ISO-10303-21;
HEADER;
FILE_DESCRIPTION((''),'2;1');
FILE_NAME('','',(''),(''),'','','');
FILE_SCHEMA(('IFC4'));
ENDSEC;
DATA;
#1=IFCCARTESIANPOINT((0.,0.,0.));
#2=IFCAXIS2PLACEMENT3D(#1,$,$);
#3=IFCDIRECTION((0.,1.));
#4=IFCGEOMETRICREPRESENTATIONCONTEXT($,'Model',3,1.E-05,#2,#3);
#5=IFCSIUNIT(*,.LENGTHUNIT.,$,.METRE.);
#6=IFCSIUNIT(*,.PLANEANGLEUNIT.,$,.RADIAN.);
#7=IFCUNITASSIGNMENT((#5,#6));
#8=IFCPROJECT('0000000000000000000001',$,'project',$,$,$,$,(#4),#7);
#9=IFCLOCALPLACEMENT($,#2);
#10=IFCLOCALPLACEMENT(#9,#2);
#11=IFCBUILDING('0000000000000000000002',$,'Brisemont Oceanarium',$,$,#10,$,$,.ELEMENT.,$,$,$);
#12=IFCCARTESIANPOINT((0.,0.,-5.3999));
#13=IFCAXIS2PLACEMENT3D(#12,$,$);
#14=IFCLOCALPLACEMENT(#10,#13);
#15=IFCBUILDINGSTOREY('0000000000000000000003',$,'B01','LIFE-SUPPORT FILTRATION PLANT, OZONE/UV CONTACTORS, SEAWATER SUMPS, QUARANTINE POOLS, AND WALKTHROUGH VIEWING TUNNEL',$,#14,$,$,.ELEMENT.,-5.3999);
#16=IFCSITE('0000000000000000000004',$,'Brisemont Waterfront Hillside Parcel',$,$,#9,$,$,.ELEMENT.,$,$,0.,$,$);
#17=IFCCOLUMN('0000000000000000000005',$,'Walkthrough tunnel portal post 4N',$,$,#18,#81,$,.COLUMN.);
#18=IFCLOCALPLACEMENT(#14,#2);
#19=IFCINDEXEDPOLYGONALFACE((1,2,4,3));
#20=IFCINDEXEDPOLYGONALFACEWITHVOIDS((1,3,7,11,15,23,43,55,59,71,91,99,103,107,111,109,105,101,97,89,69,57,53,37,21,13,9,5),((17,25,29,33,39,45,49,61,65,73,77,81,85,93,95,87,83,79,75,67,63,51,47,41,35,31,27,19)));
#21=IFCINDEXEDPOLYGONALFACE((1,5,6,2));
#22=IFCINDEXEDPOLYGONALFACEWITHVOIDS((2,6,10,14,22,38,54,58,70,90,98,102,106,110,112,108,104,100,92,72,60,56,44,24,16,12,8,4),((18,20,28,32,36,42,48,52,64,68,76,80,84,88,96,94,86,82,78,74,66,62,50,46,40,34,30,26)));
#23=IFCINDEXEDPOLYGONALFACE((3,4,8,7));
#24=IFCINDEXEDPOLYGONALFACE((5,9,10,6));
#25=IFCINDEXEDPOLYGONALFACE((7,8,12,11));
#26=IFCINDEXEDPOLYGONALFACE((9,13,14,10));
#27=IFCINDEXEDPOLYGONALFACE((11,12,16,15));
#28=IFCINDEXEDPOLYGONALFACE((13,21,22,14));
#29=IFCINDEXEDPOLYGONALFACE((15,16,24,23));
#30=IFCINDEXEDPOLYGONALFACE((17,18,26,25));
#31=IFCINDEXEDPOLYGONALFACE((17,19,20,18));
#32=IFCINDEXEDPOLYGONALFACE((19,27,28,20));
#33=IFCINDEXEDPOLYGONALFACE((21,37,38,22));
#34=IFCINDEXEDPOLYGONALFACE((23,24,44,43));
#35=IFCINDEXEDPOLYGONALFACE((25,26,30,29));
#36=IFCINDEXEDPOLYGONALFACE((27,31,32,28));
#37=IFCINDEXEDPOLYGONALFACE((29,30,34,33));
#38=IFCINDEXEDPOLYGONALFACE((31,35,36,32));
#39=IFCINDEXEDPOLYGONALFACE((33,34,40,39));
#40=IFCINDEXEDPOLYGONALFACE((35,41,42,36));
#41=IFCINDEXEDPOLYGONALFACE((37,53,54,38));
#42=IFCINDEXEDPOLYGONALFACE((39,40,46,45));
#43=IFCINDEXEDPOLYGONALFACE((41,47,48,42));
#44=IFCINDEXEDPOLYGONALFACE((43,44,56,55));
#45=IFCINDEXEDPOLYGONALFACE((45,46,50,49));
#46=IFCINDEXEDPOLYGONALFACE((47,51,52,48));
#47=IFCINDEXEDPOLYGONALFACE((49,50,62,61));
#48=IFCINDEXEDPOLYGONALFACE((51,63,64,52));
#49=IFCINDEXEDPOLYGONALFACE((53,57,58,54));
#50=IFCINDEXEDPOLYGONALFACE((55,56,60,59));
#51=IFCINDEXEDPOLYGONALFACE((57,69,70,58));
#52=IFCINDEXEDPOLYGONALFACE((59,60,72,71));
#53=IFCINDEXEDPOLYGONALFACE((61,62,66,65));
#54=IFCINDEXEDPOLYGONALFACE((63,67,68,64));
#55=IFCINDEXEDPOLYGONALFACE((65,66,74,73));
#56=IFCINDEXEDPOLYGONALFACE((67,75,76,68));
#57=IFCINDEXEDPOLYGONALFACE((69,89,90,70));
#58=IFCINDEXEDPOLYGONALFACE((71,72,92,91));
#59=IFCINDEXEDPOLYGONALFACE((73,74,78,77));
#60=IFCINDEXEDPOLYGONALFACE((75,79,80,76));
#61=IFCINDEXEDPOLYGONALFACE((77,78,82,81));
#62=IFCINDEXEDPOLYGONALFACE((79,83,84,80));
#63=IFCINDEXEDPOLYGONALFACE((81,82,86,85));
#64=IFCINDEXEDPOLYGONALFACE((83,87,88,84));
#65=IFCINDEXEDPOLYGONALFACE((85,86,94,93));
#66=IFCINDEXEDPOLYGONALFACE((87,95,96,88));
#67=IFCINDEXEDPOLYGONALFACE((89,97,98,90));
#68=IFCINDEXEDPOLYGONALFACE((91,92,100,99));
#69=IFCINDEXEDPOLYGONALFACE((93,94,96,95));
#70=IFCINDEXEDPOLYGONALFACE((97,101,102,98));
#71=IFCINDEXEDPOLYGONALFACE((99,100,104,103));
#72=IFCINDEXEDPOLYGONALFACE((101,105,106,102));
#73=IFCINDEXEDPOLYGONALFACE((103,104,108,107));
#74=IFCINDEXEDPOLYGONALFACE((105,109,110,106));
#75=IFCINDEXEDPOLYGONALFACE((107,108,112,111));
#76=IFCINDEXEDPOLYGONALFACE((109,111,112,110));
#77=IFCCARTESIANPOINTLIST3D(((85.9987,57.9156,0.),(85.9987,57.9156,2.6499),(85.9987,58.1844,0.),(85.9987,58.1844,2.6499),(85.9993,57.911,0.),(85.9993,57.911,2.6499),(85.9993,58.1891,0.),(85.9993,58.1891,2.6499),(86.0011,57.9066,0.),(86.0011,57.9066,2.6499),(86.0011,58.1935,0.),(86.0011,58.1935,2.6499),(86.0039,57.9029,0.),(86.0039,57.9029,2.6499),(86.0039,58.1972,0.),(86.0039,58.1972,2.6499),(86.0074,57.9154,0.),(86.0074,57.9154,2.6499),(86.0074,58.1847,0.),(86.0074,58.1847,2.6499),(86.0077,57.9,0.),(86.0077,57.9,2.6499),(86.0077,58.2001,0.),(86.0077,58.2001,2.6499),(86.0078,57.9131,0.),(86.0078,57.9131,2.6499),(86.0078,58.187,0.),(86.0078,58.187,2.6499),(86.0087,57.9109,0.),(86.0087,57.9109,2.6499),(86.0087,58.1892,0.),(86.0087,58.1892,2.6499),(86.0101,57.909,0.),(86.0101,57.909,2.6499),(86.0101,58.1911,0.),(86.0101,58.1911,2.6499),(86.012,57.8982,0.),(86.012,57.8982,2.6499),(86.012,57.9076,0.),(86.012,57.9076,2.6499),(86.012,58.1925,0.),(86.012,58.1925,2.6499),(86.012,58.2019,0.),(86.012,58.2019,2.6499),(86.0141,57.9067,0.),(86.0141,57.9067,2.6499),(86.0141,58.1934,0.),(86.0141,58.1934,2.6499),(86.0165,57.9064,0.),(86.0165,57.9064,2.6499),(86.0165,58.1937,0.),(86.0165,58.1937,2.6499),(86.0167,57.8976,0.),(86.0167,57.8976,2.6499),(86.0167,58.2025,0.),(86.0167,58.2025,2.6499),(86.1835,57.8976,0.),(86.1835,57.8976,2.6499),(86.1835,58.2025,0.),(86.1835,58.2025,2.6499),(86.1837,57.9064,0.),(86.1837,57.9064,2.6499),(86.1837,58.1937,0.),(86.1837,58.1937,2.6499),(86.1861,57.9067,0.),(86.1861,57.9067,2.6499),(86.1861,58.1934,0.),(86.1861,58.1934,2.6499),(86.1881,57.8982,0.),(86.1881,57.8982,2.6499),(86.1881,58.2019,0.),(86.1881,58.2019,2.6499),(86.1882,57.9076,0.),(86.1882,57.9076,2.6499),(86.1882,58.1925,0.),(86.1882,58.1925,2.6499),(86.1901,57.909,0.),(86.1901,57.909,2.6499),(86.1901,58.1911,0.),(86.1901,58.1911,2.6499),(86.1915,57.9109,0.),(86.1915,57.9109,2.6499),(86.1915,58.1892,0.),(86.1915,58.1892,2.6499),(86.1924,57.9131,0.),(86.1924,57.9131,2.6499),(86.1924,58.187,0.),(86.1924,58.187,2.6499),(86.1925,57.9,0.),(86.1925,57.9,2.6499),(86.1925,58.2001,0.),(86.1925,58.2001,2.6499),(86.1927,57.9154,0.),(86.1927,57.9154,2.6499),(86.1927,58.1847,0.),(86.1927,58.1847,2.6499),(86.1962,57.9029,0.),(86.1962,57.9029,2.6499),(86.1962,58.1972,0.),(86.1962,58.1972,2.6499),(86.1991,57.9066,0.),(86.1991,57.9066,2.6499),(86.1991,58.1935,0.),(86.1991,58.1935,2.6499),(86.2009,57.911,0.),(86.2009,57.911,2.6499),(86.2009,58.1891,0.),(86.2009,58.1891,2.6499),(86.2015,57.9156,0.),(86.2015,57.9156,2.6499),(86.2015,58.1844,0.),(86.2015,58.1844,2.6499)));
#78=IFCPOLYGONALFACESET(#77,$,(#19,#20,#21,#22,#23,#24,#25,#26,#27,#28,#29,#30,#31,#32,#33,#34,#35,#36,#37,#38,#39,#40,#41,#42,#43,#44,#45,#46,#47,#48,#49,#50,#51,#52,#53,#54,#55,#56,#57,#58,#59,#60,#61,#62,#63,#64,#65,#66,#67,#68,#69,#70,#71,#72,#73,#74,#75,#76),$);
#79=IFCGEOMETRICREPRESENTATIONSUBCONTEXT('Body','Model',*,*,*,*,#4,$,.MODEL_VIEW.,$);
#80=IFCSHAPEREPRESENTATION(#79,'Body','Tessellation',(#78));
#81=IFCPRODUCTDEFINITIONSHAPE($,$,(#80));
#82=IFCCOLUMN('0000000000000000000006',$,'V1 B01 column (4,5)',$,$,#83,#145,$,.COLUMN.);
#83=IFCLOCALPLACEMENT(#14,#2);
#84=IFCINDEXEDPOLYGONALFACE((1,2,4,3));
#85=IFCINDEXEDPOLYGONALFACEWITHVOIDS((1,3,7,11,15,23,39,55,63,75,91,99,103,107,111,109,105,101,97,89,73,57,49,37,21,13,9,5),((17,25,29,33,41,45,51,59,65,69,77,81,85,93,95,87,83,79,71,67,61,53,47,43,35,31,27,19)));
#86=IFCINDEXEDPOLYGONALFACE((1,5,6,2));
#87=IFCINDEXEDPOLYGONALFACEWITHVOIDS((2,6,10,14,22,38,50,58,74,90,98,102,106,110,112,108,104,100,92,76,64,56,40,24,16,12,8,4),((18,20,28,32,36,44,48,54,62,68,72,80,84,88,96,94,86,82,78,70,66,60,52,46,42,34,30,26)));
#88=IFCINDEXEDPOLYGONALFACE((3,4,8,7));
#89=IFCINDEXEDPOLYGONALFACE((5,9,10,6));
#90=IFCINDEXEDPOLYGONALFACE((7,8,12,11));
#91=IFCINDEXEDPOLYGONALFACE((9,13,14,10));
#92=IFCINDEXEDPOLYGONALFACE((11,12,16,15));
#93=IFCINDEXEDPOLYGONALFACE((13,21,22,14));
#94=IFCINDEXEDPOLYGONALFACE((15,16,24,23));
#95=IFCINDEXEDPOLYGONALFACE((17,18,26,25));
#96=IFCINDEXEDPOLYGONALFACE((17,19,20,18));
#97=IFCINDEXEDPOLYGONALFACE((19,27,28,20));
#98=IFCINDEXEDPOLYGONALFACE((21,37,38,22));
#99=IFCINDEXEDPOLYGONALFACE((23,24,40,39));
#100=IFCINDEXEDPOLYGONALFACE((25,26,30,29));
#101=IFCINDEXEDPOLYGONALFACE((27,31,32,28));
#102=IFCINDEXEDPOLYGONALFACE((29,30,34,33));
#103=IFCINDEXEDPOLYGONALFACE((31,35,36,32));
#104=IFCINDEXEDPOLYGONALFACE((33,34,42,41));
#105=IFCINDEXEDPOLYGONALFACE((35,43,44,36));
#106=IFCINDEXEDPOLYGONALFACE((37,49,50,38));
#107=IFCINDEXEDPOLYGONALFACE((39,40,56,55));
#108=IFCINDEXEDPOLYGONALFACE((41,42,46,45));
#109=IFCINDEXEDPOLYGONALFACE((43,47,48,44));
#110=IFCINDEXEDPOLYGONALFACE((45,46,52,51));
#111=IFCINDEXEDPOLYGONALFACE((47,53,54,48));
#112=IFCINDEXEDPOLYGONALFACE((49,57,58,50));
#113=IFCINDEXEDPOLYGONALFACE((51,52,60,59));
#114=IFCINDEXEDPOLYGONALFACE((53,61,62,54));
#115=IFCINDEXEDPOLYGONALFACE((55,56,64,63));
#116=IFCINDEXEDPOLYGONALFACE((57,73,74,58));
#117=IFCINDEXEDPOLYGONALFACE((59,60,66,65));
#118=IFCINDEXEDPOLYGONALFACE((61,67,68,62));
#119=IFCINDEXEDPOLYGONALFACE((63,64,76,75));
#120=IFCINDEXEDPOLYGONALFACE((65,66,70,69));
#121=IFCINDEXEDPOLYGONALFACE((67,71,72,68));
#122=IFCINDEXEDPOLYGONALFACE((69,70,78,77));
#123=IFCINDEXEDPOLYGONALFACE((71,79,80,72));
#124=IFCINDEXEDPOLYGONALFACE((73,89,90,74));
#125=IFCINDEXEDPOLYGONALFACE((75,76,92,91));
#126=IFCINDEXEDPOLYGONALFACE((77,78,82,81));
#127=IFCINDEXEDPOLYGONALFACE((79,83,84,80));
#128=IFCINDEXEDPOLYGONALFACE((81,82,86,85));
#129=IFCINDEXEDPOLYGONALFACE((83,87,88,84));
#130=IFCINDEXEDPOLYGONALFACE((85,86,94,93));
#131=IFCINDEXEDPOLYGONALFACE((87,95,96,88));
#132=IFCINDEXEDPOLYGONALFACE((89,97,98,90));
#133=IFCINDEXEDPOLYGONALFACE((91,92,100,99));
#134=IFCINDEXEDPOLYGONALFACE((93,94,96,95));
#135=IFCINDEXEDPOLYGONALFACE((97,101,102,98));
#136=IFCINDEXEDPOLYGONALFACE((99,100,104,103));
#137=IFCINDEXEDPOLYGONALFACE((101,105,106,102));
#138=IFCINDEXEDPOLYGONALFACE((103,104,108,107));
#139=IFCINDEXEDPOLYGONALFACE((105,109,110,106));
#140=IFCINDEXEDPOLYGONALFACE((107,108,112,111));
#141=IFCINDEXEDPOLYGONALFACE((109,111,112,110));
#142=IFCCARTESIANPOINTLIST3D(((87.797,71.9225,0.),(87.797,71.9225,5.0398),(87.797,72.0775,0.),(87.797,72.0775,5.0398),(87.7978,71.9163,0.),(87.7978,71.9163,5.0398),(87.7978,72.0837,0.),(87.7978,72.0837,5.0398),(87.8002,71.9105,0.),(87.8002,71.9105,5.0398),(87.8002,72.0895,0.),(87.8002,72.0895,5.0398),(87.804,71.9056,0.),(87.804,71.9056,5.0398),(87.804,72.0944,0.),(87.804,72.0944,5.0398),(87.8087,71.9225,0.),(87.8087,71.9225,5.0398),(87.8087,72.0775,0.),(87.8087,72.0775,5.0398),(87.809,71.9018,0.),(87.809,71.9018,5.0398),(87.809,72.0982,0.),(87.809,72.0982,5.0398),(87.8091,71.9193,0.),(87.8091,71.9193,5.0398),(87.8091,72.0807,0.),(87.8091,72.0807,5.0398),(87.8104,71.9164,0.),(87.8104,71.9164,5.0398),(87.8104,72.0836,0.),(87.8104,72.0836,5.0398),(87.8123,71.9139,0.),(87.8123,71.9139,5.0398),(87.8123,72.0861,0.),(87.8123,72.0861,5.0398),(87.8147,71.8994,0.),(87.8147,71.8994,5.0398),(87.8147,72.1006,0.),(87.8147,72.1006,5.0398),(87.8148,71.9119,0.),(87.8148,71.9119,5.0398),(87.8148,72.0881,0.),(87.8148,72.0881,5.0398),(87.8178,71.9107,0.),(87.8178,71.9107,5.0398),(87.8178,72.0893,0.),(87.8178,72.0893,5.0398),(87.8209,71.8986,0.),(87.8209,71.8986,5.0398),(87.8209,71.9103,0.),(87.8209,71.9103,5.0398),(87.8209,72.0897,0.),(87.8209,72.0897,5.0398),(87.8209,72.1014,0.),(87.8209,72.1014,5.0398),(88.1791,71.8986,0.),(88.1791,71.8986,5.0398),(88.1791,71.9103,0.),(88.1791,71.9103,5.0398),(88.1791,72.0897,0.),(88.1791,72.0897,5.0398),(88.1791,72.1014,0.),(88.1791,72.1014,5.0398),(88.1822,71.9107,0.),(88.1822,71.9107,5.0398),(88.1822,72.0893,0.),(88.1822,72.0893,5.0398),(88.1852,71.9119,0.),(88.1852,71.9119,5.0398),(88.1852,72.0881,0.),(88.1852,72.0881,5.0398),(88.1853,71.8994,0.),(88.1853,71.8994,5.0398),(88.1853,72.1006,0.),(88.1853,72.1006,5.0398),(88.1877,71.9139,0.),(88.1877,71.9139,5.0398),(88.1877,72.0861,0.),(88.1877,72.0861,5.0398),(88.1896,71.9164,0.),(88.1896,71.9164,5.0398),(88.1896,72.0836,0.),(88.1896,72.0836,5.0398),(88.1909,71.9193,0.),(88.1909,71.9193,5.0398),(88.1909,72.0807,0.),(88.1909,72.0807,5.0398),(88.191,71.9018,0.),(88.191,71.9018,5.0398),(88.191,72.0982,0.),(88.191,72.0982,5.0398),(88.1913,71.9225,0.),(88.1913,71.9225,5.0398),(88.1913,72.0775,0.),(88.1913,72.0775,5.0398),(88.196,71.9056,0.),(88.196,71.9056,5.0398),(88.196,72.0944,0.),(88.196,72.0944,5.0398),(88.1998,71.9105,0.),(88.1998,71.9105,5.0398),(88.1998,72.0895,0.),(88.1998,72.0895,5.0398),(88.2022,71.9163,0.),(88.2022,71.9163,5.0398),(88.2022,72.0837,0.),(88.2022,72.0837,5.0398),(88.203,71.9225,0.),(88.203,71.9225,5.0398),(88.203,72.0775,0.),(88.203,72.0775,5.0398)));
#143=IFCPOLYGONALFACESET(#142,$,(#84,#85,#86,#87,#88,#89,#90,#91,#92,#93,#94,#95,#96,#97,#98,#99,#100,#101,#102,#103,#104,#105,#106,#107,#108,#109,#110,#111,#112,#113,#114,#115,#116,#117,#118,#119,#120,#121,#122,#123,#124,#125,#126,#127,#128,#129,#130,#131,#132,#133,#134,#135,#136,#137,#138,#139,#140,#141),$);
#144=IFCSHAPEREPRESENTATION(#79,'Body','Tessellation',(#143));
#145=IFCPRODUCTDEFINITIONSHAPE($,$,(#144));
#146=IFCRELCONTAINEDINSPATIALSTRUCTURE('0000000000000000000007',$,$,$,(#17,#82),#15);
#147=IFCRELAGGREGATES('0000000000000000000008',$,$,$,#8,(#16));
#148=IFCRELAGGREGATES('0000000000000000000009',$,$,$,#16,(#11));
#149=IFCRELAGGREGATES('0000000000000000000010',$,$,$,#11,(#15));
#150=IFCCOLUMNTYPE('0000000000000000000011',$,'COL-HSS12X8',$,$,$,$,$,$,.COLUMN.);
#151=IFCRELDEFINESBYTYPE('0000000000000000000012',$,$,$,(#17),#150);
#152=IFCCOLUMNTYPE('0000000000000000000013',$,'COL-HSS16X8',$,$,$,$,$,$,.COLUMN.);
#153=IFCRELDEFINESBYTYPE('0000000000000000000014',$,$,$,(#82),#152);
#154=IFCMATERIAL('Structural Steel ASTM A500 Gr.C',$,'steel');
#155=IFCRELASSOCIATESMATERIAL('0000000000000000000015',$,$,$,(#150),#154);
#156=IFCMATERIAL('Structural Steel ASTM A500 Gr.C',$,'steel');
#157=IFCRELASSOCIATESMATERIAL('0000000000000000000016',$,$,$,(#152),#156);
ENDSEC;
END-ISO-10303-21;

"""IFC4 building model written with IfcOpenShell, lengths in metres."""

from ifc_helpers import new_model, si_unit, direction, frame, origin, origin_2d, place, context, subcontext, project, spatial, hollow_rectangle, extrude, material, material_profile, profile_set, type_object, element, save


model = new_model("IFC4")

# Units and contexts
model_context = context("Model", 3, precision=1e-05, world=origin(), true_north=direction((0.0, 1.0)))
body_context = subcontext(model_context, "Body", "Model", "MODEL_VIEW")
ifc_project = project(units=[si_unit("LENGTHUNIT", "METRE"), si_unit("PLANEANGLEUNIT", "RADIAN")], contexts=[model_context])

# Site, building, storey
site_placement = place(None, origin())
site = spatial("IfcSite", under=ifc_project, at=site_placement, Name="Brisemont Waterfront Hillside Parcel", CompositionType="ELEMENT", RefElevation=0.0)
building_placement = place(site_placement, origin())
building = spatial("IfcBuilding", under=site, at=building_placement, Name="Brisemont Oceanarium", CompositionType="ELEMENT")
storey_placement = place(building_placement, frame((0.0, 0.0, -5.3999)))
storey = spatial("IfcBuildingStorey", under=building, at=storey_placement, Name="B01", Description="LIFE-SUPPORT FILTRATION PLANT, OZONE/UV CONTACTORS, SEAWATER SUMPS, QUARANTINE POOLS, AND WALKTHROUGH VIEWING TUNNEL", CompositionType="ELEMENT", Elevation=-5.3999)

# Columns
ifc_material_1 = material(Name="Structural Steel ASTM A500 Gr.C", Category="steel")
ifc_material_profile_1 = material_profile(ifc_material_1, hollow_rectangle(XDim=0.2029, YDim=0.3049, WallThickness=0.0088, InnerFilletRadius=0.009, OuterFilletRadius=0.0181, at=origin_2d()), Name="HSS12X8X3/8")
ifc_profile_set_1 = profile_set([ifc_material_profile_1], Name="Structural Steel ASTM A500 Gr.C")
column_type_1 = type_object("IfcColumnType", Name="COL-HSS12X8", PredefinedType="COLUMN", material=ifc_profile_set_1)
for number, where, z_axis, x_axis, name in (
    (1, (86.1001, 58.05, 0.0), (0.0, 0.0, 1.0), (1.0, 0.0, 0.0), "Walkthrough tunnel portal post 4N"),
):
    element("IfcColumn", number, at=place(storey_placement, frame(where, z_axis=z_axis, x_axis=x_axis)), inside=storey, type_object=column_type_1, Name=name, PredefinedType="COLUMN", context=body_context, shape_type="SweptSolid", body=[
        extrude(hollow_rectangle(XDim=0.2029, YDim=0.3049, WallThickness=0.0088, InnerFilletRadius=0.009, OuterFilletRadius=0.0181, at=origin_2d()), origin(), (0.0, 0.0, 1.0), 2.6499),
    ])
ifc_material_2 = material(Name="Structural Steel ASTM A500 Gr.C", Category="steel")
ifc_material_profile_2 = material_profile(ifc_material_2, hollow_rectangle(XDim=0.2029, YDim=0.406, WallThickness=0.0117, InnerFilletRadius=0.0122, OuterFilletRadius=0.0239, at=origin_2d()), Name="HSS16X8X1/2")
ifc_profile_set_2 = profile_set([ifc_material_profile_2], Name="Structural Steel ASTM A500 Gr.C")
column_type_2 = type_object("IfcColumnType", Name="COL-HSS16X8", PredefinedType="COLUMN", material=ifc_profile_set_2)
column_1_placement = place(storey_placement, frame((88.0, 72.0, 0.0), z_axis=(0.0, 0.0, 1.0), x_axis=(0.0, 1.0, 0.0)))
element("IfcColumn", 2, at=column_1_placement, inside=storey, type_object=column_type_2, Name="V1 B01 column (4,5)", PredefinedType="COLUMN", context=body_context, shape_type="SweptSolid", body=[
    extrude(hollow_rectangle(XDim=0.2029, YDim=0.406, WallThickness=0.0117, InnerFilletRadius=0.0122, OuterFilletRadius=0.0239, at=origin_2d()), origin(), (0.0, 0.0, 1.0), 5.0398),
])

save(model, "model.ifc")
